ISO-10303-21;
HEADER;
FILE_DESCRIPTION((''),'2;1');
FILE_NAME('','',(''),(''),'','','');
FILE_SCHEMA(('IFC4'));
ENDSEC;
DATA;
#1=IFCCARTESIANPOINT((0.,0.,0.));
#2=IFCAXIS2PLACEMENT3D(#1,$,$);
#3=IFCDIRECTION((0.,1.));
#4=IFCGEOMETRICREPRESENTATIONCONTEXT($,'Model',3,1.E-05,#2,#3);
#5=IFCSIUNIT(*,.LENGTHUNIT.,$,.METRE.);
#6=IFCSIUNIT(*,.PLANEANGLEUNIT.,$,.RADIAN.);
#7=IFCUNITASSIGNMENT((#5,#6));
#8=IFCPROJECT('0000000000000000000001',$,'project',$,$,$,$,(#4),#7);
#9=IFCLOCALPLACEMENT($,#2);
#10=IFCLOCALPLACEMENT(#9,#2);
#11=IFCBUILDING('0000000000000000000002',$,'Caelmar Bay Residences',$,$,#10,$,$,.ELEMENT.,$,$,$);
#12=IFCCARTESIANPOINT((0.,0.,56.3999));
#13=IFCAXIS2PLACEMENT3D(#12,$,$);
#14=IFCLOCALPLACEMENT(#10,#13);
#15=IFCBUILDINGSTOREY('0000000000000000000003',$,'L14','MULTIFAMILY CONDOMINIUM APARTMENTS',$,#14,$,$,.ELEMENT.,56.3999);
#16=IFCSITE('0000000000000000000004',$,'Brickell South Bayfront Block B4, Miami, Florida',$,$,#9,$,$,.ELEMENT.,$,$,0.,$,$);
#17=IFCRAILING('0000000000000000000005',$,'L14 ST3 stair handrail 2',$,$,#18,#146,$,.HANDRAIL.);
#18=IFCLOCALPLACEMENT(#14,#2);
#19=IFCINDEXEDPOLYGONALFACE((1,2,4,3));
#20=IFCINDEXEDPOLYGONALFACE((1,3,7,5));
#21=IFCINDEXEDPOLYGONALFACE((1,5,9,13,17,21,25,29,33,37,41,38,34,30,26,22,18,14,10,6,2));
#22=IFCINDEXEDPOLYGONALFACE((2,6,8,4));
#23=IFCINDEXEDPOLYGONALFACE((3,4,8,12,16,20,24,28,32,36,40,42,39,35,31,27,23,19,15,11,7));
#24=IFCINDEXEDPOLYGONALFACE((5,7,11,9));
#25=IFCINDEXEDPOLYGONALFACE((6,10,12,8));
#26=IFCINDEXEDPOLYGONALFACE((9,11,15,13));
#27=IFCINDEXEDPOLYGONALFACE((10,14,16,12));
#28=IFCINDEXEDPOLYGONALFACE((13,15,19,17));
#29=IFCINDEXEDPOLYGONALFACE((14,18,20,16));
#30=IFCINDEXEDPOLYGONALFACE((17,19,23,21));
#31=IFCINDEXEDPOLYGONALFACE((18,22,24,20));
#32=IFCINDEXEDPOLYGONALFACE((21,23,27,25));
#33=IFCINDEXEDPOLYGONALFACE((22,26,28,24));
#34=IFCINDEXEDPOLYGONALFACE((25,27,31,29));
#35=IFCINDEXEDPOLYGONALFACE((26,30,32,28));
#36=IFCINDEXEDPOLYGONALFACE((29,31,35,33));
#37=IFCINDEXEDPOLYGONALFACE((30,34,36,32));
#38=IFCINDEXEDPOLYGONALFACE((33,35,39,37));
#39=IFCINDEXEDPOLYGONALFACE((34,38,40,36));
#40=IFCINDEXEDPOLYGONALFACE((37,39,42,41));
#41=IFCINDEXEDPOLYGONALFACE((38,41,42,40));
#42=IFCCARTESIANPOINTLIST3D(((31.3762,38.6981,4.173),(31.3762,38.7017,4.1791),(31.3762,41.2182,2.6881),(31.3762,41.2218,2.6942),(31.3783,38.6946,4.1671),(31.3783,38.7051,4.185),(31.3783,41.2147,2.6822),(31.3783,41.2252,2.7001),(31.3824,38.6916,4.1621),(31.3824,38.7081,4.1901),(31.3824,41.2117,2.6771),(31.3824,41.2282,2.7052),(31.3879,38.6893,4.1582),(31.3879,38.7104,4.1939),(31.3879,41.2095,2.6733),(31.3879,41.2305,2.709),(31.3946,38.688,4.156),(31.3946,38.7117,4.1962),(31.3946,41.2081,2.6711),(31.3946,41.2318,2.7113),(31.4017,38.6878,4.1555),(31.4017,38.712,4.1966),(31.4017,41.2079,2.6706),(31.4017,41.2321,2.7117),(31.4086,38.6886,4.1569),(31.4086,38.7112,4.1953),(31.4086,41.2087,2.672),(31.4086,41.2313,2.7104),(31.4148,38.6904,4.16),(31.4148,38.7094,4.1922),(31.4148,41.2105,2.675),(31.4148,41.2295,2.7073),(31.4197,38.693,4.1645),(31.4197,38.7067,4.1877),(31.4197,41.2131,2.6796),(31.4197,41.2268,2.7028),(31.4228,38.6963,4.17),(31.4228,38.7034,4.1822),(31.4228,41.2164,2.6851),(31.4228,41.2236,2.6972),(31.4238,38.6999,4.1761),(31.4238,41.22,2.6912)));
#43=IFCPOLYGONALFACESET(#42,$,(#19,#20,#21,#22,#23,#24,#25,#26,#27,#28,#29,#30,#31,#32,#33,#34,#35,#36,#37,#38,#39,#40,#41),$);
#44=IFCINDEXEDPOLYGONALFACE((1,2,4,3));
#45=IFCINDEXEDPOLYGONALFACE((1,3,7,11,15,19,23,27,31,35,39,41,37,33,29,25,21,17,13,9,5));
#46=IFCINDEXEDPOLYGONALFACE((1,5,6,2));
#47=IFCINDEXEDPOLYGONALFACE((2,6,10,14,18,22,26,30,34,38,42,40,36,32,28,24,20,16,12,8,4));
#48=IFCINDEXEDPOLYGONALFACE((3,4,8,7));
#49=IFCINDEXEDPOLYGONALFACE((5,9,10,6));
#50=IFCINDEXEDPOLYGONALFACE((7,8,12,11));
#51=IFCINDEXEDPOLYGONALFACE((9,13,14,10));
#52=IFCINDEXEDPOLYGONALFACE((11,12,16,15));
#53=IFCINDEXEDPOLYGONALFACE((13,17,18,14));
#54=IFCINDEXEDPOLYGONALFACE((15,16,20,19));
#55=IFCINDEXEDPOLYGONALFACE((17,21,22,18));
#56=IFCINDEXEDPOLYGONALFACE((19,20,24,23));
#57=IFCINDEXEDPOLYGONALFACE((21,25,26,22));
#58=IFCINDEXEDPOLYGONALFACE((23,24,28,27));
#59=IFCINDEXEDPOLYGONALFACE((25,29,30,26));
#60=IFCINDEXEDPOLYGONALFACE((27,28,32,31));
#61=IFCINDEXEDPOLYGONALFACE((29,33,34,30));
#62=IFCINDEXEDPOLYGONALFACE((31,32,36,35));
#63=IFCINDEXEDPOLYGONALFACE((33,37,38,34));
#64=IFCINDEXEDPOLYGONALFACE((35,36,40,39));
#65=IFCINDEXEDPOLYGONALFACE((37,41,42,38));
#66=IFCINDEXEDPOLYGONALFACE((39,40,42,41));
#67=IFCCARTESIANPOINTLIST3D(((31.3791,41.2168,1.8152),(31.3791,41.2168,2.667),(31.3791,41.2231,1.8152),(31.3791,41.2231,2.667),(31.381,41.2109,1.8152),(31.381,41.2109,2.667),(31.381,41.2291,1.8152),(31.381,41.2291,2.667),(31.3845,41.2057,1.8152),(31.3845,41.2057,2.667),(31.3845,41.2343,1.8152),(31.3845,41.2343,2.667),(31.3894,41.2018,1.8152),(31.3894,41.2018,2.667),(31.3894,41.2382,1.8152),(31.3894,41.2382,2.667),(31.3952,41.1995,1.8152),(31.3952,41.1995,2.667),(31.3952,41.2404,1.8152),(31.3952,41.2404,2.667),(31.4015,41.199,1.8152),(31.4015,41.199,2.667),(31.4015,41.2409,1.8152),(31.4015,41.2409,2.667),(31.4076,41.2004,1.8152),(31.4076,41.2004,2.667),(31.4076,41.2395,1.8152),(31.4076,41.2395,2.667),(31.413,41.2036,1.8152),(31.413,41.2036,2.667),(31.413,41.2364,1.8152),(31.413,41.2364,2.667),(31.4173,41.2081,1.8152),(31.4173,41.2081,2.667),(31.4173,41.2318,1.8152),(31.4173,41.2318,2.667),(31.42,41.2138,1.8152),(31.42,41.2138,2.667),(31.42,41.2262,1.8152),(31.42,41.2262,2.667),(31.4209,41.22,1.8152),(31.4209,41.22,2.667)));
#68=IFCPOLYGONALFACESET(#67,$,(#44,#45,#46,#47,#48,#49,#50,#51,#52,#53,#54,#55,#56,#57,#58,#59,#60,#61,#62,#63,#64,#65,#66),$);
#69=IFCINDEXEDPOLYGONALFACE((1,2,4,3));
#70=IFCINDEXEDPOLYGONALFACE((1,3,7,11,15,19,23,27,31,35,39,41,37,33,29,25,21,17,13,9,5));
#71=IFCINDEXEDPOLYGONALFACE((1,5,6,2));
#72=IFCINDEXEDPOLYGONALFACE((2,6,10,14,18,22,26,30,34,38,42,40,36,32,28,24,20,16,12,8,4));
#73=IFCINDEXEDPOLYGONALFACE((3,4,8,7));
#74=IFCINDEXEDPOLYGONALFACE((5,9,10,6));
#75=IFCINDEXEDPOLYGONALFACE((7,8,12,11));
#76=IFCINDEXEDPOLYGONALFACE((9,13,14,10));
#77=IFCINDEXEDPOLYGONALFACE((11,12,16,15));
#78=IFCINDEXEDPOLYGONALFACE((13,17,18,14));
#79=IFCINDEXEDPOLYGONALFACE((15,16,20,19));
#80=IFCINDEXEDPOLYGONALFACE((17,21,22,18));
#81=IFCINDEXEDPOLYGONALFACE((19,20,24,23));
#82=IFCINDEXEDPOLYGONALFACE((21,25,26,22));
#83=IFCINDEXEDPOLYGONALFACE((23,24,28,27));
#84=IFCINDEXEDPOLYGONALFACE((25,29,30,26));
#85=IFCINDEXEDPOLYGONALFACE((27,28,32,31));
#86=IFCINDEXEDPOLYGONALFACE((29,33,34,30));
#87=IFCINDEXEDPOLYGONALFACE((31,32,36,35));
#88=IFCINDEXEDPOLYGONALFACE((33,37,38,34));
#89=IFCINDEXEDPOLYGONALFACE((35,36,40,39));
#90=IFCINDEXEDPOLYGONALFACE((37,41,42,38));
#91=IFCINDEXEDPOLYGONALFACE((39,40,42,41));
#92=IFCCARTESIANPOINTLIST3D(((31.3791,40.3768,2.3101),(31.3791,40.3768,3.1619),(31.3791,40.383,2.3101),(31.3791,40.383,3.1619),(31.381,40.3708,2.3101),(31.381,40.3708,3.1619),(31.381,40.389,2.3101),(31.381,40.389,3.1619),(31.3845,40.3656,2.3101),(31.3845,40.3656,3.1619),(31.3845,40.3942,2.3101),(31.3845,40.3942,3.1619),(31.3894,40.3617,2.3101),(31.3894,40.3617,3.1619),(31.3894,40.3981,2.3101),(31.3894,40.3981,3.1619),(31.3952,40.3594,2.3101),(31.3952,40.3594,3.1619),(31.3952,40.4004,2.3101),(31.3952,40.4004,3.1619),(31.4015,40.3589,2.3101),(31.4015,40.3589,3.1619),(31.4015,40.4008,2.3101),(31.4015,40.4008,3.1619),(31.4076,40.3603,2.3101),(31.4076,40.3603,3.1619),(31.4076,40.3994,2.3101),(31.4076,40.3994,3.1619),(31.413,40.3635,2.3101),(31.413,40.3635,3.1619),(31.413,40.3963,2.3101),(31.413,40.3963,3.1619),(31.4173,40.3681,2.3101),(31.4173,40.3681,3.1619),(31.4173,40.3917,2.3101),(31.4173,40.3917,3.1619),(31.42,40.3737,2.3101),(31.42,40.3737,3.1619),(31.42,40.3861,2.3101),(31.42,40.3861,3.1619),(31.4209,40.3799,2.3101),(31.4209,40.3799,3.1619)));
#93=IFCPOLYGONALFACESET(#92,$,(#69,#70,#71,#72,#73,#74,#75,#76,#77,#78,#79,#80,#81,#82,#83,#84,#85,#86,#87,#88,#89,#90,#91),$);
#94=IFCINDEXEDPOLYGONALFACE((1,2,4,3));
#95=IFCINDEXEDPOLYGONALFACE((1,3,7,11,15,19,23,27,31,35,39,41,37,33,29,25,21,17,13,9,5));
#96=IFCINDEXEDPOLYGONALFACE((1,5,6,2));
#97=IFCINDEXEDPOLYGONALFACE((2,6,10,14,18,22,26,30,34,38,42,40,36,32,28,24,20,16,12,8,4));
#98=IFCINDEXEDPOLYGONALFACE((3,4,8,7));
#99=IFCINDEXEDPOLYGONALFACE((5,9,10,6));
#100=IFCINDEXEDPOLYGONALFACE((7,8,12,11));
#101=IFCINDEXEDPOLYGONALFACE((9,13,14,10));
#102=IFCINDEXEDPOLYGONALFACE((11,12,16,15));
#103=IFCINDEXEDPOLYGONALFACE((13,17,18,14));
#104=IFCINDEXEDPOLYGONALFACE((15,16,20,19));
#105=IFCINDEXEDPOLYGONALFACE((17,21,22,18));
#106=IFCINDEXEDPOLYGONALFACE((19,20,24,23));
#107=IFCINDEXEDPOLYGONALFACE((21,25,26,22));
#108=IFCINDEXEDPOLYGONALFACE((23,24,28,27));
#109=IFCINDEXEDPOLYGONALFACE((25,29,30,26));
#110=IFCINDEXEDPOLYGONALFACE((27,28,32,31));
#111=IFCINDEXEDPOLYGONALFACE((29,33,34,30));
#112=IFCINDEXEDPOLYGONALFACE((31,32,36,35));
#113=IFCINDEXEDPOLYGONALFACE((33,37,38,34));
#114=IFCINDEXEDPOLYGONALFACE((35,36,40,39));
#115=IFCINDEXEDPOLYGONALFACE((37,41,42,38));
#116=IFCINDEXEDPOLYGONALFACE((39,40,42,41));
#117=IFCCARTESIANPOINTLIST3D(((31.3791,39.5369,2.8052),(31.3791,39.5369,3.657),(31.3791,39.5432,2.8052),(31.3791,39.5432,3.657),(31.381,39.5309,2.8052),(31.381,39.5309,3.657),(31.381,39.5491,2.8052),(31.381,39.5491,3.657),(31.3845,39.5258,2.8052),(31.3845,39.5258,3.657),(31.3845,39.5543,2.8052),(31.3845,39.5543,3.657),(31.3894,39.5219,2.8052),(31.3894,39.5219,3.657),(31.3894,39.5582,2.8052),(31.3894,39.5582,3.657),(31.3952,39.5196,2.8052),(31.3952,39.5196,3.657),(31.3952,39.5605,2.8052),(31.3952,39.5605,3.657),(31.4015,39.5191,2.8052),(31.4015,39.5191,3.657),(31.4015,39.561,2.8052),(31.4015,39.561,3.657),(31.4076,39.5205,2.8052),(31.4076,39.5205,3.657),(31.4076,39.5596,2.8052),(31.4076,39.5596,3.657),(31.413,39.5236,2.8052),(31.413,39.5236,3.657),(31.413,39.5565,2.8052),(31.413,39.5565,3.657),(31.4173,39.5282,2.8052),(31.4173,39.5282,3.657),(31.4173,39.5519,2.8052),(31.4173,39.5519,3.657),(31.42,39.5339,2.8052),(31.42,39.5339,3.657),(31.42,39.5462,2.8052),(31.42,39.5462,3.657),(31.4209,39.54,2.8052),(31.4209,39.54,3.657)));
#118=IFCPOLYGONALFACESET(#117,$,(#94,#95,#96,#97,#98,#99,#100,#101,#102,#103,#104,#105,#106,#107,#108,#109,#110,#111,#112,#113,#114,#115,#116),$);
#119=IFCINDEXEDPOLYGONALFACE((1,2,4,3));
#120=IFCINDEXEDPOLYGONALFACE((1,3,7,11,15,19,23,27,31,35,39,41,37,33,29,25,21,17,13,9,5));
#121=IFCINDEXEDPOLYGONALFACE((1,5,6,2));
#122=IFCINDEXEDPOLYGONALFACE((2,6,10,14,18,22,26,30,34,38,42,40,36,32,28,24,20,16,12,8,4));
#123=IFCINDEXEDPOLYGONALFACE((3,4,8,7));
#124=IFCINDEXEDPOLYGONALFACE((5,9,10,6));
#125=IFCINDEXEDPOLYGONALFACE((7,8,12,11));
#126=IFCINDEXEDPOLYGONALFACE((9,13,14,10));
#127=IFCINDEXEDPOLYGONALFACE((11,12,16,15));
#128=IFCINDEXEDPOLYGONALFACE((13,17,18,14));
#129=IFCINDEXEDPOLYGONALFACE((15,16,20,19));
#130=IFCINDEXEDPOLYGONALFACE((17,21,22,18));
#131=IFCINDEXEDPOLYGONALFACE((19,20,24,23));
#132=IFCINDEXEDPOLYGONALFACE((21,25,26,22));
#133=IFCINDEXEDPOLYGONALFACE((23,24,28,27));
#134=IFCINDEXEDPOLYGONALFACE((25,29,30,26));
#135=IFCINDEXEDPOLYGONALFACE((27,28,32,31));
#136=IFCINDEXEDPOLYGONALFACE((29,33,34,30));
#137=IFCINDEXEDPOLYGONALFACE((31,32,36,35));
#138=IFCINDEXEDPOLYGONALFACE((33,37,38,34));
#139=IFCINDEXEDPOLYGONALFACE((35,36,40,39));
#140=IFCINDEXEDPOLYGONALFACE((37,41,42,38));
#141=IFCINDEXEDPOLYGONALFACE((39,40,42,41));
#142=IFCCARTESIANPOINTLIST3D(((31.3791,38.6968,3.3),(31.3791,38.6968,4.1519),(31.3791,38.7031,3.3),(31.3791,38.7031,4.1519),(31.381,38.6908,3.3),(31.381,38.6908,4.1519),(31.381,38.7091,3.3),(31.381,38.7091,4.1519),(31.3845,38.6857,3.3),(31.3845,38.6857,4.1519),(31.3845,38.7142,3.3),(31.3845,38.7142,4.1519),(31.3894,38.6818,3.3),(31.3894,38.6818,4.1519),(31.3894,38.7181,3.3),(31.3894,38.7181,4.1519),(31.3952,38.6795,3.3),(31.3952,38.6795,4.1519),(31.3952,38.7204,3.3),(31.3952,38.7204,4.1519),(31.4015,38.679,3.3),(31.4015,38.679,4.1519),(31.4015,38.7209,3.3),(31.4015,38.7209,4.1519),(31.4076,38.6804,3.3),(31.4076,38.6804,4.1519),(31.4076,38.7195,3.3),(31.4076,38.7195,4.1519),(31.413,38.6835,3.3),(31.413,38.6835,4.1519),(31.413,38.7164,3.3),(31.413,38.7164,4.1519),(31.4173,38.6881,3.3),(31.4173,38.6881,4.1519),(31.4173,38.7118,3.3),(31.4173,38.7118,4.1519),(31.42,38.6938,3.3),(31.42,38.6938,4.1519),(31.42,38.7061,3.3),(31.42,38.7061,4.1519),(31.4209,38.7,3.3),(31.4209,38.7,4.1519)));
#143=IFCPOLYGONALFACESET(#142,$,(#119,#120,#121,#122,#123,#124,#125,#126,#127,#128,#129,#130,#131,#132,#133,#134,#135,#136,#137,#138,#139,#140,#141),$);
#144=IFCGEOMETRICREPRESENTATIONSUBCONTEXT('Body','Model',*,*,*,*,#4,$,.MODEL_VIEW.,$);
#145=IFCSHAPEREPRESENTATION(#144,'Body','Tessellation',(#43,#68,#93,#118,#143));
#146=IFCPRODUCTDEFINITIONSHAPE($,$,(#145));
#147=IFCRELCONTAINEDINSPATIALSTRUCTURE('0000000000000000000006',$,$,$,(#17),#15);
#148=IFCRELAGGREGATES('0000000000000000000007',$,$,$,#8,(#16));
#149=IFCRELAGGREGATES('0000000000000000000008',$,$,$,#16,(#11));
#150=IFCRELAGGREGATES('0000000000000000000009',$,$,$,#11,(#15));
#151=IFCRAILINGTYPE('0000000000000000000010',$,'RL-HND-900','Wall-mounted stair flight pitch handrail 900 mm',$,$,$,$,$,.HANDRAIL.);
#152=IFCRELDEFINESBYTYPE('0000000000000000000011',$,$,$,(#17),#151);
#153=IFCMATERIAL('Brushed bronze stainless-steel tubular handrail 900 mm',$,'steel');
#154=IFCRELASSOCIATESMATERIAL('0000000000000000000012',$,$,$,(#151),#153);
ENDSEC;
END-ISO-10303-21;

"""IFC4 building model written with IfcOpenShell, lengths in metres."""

from ifc_helpers import new_model, si_unit, direction, frame, origin, origin_2d, place, context, subcontext, project, spatial, circle, extrude, material, type_object, element, save


model = new_model("IFC4")

# Units and contexts
model_context = context("Model", 3, precision=1e-05, world=origin(), true_north=direction((0.0, 1.0)))
body_context = subcontext(model_context, "Body", "Model", "MODEL_VIEW")
ifc_project = project(units=[si_unit("LENGTHUNIT", "METRE"), si_unit("PLANEANGLEUNIT", "RADIAN")], contexts=[model_context])

# Site, building, storey
site_placement = place(None, origin())
site = spatial("IfcSite", under=ifc_project, at=site_placement, Name="Brickell South Bayfront Block B4, Miami, Florida", CompositionType="ELEMENT", RefElevation=0.0)
building_placement = place(site_placement, origin())
building = spatial("IfcBuilding", under=site, at=building_placement, Name="Caelmar Bay Residences", CompositionType="ELEMENT")
storey_placement = place(building_placement, frame((0.0, 0.0, 56.3999)))
storey = spatial("IfcBuildingStorey", under=building, at=storey_placement, Name="L14", Description="MULTIFAMILY CONDOMINIUM APARTMENTS", CompositionType="ELEMENT", Elevation=56.3999)

# Railing
ifc_material_1 = material(Name="Brushed bronze stainless-steel tubular handrail 900 mm", Category="steel")
railing_type_1 = type_object("IfcRailingType", Name="RL-HND-900", Description="Wall-mounted stair flight pitch handrail 900 mm", PredefinedType="HANDRAIL", material=ifc_material_1)
railing_1_placement = place(storey_placement, frame((31.3999, 41.22, 1.8152)))
element("IfcRailing", 1, at=railing_1_placement, inside=storey, type_object=railing_type_1, Name="L14 ST3 stair handrail 2", PredefinedType="HANDRAIL", context=body_context, shape_type="SweptSolid", body=[
    extrude(circle(Radius=0.0239, at=origin_2d()), frame((0.0, 0.0, 0.876), z_axis=(0.0, -0.861561, 0.507655), x_axis=(1.0, 0.0, 0.0)), (0.0, 0.0, 1.0), 2.925),
    extrude(circle(Radius=0.021, at=origin_2d()), origin(), (0.0, 0.0, 1.0), 0.8518),
    extrude(circle(Radius=0.021, at=origin_2d()), frame((0.0, -0.8401, 0.4949)), (0.0, 0.0, 1.0), 0.8518),
    extrude(circle(Radius=0.021, at=origin_2d()), frame((0.0, -1.6799, 0.99)), (0.0, 0.0, 1.0), 0.8518),
    extrude(circle(Radius=0.021, at=origin_2d()), frame((0.0, -2.52, 1.4849)), (0.0, 0.0, 1.0), 0.8518),
])

save(model, "model.ifc")
